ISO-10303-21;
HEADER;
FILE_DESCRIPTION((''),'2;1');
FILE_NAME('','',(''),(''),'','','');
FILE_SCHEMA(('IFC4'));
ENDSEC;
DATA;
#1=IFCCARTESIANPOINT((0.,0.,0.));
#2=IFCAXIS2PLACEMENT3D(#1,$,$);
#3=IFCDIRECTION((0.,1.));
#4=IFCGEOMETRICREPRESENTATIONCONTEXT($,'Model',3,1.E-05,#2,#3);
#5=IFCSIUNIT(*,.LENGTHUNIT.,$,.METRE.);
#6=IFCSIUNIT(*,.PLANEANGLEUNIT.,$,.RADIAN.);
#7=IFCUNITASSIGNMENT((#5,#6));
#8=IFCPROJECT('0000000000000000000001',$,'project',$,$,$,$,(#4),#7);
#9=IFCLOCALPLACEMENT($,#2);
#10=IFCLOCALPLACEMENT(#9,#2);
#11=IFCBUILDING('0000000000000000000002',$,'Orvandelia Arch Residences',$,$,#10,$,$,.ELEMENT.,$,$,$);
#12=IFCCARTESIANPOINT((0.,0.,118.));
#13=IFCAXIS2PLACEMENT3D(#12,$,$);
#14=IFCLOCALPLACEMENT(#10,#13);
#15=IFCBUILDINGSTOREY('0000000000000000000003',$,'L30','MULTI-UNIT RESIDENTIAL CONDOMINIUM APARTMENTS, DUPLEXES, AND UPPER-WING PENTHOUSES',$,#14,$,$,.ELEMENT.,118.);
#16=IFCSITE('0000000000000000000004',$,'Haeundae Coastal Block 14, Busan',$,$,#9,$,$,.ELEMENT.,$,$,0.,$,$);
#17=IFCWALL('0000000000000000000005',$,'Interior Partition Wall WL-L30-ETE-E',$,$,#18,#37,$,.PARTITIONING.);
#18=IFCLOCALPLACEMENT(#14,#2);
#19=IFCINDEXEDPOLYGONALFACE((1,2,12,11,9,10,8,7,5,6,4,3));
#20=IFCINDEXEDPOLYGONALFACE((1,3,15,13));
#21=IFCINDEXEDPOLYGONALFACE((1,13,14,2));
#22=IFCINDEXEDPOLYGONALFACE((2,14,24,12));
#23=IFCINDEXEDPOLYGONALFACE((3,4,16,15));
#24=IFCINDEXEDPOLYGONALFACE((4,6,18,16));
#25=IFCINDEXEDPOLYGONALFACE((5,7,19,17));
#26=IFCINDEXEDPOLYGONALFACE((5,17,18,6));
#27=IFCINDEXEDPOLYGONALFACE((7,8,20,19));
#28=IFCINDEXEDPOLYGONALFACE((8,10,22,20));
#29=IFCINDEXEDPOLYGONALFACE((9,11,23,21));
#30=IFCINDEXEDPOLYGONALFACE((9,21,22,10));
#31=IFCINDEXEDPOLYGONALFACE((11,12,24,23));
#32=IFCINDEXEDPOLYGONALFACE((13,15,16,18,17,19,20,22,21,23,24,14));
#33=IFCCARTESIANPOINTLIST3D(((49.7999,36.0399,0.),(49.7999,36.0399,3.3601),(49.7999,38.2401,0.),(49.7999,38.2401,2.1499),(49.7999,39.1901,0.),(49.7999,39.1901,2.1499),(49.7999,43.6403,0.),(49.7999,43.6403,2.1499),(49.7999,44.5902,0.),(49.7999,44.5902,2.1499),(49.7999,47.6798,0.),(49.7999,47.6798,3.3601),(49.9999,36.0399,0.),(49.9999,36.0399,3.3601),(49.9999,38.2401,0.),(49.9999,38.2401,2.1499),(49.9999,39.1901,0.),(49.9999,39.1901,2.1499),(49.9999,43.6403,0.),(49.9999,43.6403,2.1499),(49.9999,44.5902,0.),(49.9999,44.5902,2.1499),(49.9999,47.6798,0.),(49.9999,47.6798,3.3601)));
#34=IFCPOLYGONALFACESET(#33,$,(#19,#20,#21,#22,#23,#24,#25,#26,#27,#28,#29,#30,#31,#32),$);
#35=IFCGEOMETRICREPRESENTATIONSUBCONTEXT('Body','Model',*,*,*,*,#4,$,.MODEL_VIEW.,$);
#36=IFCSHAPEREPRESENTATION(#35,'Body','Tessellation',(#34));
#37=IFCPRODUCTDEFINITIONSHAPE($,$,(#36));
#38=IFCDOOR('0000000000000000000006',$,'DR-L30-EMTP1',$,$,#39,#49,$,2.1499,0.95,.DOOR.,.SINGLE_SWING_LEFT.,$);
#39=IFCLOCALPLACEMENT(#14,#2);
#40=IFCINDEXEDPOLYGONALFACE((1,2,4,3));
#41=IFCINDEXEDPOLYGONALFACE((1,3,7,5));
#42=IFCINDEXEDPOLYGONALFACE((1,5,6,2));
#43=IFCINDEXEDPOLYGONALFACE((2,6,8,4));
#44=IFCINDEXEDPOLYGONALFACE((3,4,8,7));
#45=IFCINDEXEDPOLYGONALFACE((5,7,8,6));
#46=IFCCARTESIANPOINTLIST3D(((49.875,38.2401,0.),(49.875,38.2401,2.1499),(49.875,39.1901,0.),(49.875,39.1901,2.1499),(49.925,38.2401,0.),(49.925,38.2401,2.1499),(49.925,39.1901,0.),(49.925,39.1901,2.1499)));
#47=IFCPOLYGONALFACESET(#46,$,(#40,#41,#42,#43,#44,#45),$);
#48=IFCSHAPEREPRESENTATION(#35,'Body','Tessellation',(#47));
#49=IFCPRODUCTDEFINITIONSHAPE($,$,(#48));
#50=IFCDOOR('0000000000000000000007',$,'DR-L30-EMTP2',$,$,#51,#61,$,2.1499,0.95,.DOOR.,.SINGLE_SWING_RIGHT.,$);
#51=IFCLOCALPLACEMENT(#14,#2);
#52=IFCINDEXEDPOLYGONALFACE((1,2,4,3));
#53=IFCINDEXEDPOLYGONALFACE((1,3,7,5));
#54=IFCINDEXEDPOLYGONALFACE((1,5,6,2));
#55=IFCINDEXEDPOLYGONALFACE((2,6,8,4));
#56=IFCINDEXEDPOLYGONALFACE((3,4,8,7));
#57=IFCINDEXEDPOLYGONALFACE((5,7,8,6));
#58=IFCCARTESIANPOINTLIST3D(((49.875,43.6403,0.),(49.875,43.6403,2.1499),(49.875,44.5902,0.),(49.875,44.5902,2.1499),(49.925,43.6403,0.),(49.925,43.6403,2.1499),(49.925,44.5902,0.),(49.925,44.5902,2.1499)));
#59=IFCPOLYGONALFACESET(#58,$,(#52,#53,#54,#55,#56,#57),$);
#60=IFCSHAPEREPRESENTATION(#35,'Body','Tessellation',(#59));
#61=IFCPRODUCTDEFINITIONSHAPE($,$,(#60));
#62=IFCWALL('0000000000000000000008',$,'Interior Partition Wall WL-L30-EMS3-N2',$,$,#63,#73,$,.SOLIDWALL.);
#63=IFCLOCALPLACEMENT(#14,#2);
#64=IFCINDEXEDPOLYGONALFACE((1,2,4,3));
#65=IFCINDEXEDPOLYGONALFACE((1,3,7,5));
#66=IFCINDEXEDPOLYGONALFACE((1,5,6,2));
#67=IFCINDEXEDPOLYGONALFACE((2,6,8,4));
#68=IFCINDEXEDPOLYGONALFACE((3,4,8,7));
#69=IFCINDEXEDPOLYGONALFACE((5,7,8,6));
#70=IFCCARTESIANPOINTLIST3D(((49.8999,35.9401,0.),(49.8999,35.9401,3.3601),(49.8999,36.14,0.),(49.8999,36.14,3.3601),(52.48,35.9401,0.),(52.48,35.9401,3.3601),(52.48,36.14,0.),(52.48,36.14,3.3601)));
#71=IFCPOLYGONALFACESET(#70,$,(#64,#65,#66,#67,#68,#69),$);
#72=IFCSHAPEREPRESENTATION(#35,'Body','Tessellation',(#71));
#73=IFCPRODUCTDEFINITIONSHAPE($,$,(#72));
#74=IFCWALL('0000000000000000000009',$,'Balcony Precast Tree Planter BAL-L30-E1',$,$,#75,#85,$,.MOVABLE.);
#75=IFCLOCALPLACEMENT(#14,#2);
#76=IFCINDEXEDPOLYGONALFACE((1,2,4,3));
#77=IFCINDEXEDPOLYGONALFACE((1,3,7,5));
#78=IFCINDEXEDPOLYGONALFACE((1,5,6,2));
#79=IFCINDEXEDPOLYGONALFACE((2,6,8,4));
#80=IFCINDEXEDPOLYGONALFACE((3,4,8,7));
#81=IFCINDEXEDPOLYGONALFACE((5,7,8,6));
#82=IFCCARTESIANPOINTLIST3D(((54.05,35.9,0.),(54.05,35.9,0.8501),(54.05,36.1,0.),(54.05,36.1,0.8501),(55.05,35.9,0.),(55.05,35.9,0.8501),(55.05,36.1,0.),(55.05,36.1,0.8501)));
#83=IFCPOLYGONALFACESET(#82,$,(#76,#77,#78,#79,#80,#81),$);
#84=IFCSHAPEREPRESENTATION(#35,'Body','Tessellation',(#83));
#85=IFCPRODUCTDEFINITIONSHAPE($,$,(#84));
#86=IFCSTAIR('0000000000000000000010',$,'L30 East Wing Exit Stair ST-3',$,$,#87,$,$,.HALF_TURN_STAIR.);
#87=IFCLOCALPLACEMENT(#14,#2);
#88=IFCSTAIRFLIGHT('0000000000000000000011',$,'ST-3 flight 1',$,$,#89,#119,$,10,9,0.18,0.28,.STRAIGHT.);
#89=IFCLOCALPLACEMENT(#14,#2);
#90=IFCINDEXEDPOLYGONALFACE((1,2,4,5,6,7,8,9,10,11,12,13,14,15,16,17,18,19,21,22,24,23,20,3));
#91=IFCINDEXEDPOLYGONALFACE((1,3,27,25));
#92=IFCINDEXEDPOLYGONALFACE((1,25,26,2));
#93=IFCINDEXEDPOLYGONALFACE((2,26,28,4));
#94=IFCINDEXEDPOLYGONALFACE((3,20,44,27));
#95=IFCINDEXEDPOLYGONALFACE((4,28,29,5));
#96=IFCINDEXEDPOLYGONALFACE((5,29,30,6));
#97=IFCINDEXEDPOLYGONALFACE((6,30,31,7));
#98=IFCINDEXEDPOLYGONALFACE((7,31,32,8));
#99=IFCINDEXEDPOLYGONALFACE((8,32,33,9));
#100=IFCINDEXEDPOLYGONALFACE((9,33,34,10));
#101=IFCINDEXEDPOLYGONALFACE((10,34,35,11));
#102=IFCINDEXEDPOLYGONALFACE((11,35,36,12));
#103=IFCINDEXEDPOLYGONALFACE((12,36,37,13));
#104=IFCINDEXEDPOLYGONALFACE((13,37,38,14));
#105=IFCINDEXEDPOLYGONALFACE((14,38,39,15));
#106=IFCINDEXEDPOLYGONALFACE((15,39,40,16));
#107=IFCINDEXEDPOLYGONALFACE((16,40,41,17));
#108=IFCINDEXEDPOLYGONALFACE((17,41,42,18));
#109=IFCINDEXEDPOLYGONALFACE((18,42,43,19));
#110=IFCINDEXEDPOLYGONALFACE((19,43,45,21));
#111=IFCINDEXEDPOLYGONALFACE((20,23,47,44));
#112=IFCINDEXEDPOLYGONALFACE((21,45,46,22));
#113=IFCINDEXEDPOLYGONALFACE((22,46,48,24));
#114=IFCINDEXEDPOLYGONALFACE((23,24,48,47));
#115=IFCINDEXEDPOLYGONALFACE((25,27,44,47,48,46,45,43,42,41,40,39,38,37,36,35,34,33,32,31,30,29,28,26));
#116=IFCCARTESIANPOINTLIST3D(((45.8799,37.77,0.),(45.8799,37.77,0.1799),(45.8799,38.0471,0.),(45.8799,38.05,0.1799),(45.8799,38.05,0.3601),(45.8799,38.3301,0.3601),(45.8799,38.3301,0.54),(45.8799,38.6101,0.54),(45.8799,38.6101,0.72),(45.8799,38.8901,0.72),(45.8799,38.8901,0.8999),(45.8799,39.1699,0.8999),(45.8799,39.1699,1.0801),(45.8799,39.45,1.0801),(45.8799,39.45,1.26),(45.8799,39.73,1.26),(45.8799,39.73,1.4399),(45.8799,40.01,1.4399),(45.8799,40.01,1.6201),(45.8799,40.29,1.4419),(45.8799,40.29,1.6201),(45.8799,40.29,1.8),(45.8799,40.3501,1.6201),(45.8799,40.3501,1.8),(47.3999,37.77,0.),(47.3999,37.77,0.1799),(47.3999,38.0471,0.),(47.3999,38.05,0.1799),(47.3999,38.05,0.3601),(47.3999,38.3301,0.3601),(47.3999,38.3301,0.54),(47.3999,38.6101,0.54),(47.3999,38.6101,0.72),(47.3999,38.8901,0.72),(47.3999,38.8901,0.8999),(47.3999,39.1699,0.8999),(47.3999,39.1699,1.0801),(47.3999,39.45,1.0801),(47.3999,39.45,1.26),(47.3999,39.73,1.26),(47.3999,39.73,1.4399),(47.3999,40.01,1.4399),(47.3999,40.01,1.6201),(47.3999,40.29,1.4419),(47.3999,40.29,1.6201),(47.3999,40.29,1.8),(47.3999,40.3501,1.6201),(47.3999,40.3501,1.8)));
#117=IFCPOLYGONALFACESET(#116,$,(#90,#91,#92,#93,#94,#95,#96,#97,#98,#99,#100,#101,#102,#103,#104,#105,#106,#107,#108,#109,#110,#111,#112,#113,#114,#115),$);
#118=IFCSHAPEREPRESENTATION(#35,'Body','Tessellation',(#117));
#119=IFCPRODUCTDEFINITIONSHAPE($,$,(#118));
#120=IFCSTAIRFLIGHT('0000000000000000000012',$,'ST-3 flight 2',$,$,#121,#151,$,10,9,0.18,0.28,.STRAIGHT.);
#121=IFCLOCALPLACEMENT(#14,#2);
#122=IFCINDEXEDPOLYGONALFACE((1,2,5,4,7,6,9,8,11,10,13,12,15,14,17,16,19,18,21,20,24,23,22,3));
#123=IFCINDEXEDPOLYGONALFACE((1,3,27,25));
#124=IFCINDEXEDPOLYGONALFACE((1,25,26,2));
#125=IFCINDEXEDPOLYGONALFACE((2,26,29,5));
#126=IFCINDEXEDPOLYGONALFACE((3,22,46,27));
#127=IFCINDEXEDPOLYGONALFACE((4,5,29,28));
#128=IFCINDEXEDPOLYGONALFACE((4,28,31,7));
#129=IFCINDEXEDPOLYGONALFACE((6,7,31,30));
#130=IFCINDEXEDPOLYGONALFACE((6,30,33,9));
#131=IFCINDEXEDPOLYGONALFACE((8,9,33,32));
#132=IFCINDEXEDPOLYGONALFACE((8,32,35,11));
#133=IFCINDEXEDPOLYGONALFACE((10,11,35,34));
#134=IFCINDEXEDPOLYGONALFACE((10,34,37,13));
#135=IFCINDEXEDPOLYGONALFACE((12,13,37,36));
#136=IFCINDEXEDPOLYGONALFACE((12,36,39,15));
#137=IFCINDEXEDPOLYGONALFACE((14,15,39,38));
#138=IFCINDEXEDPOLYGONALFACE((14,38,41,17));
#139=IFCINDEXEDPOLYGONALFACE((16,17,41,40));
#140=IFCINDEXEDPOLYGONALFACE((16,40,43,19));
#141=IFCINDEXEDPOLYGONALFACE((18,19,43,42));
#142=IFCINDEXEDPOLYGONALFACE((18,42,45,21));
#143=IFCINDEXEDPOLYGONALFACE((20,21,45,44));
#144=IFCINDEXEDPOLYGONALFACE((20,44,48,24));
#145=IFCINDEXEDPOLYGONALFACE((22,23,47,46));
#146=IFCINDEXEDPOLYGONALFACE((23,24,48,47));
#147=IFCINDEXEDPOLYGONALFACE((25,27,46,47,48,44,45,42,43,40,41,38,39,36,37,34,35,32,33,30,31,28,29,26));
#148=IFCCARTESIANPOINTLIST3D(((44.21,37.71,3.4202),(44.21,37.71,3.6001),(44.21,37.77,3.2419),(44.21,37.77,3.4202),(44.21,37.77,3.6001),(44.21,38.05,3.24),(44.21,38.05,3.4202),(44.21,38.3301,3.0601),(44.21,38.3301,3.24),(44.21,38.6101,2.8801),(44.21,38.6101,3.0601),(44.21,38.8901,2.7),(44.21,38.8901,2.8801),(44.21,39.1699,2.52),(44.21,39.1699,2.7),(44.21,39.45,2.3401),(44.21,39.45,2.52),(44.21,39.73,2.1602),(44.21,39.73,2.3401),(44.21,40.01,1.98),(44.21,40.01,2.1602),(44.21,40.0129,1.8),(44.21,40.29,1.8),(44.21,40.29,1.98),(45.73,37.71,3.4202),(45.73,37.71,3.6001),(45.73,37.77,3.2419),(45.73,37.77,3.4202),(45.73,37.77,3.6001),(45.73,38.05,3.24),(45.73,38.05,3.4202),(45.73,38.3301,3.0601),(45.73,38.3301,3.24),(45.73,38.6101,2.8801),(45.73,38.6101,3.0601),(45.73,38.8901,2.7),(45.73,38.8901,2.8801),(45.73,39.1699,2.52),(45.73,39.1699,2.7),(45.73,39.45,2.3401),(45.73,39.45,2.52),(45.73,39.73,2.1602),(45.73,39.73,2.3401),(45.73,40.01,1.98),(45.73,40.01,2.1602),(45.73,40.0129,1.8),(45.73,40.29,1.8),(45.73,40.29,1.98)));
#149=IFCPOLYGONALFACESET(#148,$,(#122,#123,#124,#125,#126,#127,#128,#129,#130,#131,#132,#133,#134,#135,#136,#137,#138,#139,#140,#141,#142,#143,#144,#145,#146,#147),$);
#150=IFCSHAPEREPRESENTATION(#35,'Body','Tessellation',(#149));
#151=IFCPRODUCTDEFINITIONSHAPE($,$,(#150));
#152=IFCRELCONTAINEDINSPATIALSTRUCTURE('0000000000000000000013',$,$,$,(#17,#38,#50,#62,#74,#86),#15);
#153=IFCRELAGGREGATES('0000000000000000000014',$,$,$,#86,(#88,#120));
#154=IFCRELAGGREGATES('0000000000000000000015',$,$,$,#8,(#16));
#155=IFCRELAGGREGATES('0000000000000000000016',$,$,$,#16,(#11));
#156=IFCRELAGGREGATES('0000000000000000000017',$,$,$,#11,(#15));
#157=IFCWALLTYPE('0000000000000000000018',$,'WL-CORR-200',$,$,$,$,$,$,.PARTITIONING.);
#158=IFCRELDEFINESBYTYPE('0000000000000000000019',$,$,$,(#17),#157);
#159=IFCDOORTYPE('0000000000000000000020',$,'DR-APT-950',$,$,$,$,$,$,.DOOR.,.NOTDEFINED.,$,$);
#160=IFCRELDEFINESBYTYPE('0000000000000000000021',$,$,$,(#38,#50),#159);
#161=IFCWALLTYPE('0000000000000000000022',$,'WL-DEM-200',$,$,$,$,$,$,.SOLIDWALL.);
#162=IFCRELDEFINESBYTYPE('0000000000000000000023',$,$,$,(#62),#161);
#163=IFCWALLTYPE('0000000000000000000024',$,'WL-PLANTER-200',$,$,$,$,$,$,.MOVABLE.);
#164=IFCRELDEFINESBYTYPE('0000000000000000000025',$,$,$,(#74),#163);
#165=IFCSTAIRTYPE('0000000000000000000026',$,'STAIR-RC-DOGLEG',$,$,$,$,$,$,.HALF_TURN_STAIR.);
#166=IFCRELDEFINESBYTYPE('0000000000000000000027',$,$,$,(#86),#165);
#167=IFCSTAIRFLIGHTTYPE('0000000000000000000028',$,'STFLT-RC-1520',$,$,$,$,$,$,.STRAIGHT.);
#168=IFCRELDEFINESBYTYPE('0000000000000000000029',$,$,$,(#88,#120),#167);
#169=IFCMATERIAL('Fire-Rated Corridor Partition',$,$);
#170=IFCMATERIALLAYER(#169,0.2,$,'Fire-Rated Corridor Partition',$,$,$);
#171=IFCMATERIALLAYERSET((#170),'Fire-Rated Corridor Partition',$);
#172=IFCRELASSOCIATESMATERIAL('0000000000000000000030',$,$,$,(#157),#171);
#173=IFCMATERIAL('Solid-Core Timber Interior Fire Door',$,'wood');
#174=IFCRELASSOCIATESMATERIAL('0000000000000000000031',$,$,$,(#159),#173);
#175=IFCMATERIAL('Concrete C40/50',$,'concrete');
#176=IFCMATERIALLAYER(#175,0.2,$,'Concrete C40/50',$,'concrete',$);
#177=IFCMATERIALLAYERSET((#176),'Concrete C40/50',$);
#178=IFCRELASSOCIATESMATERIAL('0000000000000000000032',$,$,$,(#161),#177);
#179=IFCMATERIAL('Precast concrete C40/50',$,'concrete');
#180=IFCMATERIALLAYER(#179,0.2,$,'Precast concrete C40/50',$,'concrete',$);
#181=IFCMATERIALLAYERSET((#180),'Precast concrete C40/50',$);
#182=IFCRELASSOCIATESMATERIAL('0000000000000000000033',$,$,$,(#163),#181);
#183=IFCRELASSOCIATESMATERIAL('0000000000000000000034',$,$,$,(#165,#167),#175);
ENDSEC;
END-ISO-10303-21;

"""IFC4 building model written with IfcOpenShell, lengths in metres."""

from ifc_helpers import new_model, si_unit, direction, frame, frame_2d, origin, place, context, subcontext, project, spatial, polyline, rectangle, outline, extrude, material, layer, layer_set, type_object, element, fill, aggregate, save


model = new_model("IFC4")

# Units and contexts
model_context = context("Model", 3, precision=1e-05, world=origin(), true_north=direction((0.0, 1.0)))
body_context = subcontext(model_context, "Body", "Model", "MODEL_VIEW")
ifc_project = project(units=[si_unit("LENGTHUNIT", "METRE"), si_unit("PLANEANGLEUNIT", "RADIAN")], contexts=[model_context])

# Site, building, storey
site_placement = place(None, origin())
site = spatial("IfcSite", under=ifc_project, at=site_placement, Name="Haeundae Coastal Block 14, Busan", CompositionType="ELEMENT", RefElevation=0.0)
building_placement = place(site_placement, origin())
building = spatial("IfcBuilding", under=site, at=building_placement, Name="Orvandelia Arch Residences", CompositionType="ELEMENT")
storey_placement = place(building_placement, frame((0.0, 0.0, 118.0)))
storey = spatial("IfcBuildingStorey", under=building, at=storey_placement, Name="L30", Description="MULTI-UNIT RESIDENTIAL CONDOMINIUM APARTMENTS, DUPLEXES, AND UPPER-WING PENTHOUSES", CompositionType="ELEMENT", Elevation=118.0)

# Wall, openings, doors
ifc_material_1 = material(Name="Fire-Rated Corridor Partition")
ifc_layer_1 = layer(ifc_material_1, 0.2, Name="Fire-Rated Corridor Partition")
ifc_layer_set_1 = layer_set([ifc_layer_1], Name="Fire-Rated Corridor Partition")
wall_type_1 = type_object("IfcWallType", Name="WL-CORR-200", PredefinedType="PARTITIONING", material=ifc_layer_set_1)
wall_1_placement = place(storey_placement, frame((49.8999, 36.04, 0.0), z_axis=(0.0, 0.0, 1.0), x_axis=(0.0, 1.0, 0.0)))
wall_1 = element("IfcWall", 1, at=wall_1_placement, inside=storey, type_object=wall_type_1, Name="Interior Partition Wall WL-L30-ETE-E", PredefinedType="PARTITIONING", context=body_context, shape_type="SweptSolid", body=[
    extrude(rectangle(XDim=11.6399, YDim=0.2, at=frame_2d((5.8198, 0.0))), origin(), (0.0, 0.0, 1.0), 3.3601),
])
opening_1_placement = place(wall_1_placement, frame((2.2, 0.0, 0.0)))
opening_1 = element("IfcOpeningElement", 2, at=opening_1_placement, cuts=wall_1, PredefinedType="OPENING", context=body_context, shape_type="SweptSolid", body=[
    extrude(rectangle(XDim=0.95, YDim=2.1499, at=frame_2d((0.4751, 1.075))), frame((0.0, 0.1099, 0.0), z_axis=(0.0, -1.0, 0.0), x_axis=(1.0, 0.0, 0.0)), (0.0, 0.0, 1.0), 0.22),
])
opening_2_placement = place(wall_1_placement, frame((7.6001, 0.0, 0.0)))
opening_2 = element("IfcOpeningElement", 3, at=opening_2_placement, cuts=wall_1, PredefinedType="OPENING", context=body_context, shape_type="SweptSolid", body=[
    extrude(rectangle(XDim=0.95, YDim=2.1499, at=frame_2d((0.4751, 1.075))), frame((0.0, 0.1099, 0.0), z_axis=(0.0, -1.0, 0.0), x_axis=(1.0, 0.0, 0.0)), (0.0, 0.0, 1.0), 0.22),
])
ifc_material_2 = material(Name="Solid-Core Timber Interior Fire Door", Category="wood")
door_type = type_object("IfcDoorType", Name="DR-APT-950", OperationType="NOTDEFINED", PredefinedType="DOOR", material=ifc_material_2)
door_1_placement = place(opening_1_placement, origin())
door_1 = element("IfcDoor", 4, at=door_1_placement, inside=storey, type_object=door_type, Name="DR-L30-EMTP1", OperationType="SINGLE_SWING_LEFT", OverallHeight=2.1499, OverallWidth=0.95, PredefinedType="DOOR", context=body_context, shape_type="SweptSolid", body=[
    extrude(rectangle(XDim=0.95, YDim=2.1499, at=frame_2d((0.4751, 1.075))), frame((0.0, 0.0249, 0.0), z_axis=(0.0, -1.0, 0.0), x_axis=(1.0, 0.0, 0.0)), (0.0, 0.0, 1.0), 0.05),
])
fill(opening_1, door_1)
door_2_placement = place(opening_2_placement, origin())
door_2 = element("IfcDoor", 5, at=door_2_placement, inside=storey, type_object=door_type, Name="DR-L30-EMTP2", OperationType="SINGLE_SWING_RIGHT", OverallHeight=2.1499, OverallWidth=0.95, PredefinedType="DOOR", context=body_context, shape_type="SweptSolid", body=[
    extrude(rectangle(XDim=0.95, YDim=2.1499, at=frame_2d((0.4751, 1.075))), frame((0.0, 0.0249, 0.0), z_axis=(0.0, -1.0, 0.0), x_axis=(1.0, 0.0, 0.0)), (0.0, 0.0, 1.0), 0.05),
])
fill(opening_2, door_2)

# Walls
ifc_material_3 = material(Name="Concrete C40/50", Category="concrete")
ifc_layer_2 = layer(ifc_material_3, 0.2, Name="Concrete C40/50", Category="concrete")
ifc_layer_set_2 = layer_set([ifc_layer_2], Name="Concrete C40/50")
wall_type_2 = type_object("IfcWallType", Name="WL-DEM-200", PredefinedType="SOLIDWALL", material=ifc_layer_set_2)
wall_2_placement = place(storey_placement, frame((49.8999, 36.04, 0.0), z_axis=(0.0, 0.0, 1.0), x_axis=(1.0, 0.0, 0.0)))
element("IfcWall", 6, at=wall_2_placement, inside=storey, type_object=wall_type_2, Name="Interior Partition Wall WL-L30-EMS3-N2", PredefinedType="SOLIDWALL", context=body_context, shape_type="SweptSolid", body=[
    extrude(rectangle(XDim=2.5801, YDim=0.2, at=frame_2d((1.29, 0.0))), origin(), (0.0, 0.0, 1.0), 3.3601),
])
ifc_material_4 = material(Name="Precast concrete C40/50", Category="concrete")
ifc_layer_3 = layer(ifc_material_4, 0.2, Name="Precast concrete C40/50", Category="concrete")
ifc_layer_set_3 = layer_set([ifc_layer_3], Name="Precast concrete C40/50")
wall_type_3 = type_object("IfcWallType", Name="WL-PLANTER-200", PredefinedType="MOVABLE", material=ifc_layer_set_3)
wall_3_placement = place(storey_placement, frame((54.05, 36.0, 0.0), z_axis=(0.0, 0.0, 1.0), x_axis=(1.0, 0.0, 0.0)))
element("IfcWall", 7, at=wall_3_placement, inside=storey, type_object=wall_type_3, Name="Balcony Precast Tree Planter BAL-L30-E1", PredefinedType="MOVABLE", context=body_context, shape_type="SweptSolid", body=[
    extrude(rectangle(XDim=1.0, YDim=0.2, at=frame_2d((0.5, 0.0))), origin(), (0.0, 0.0, 1.0), 0.8501),
])

# Stair, stair flights
stair_type = type_object("IfcStairType", Name="STAIR-RC-DOGLEG", PredefinedType="HALF_TURN_STAIR", material=ifc_material_3)
stair_placement = place(storey_placement, origin())
stair = element("IfcStair", 8, at=stair_placement, inside=storey, type_object=stair_type, Name="L30 East Wing Exit Stair ST-3", PredefinedType="HALF_TURN_STAIR")
stair_flight_type = type_object("IfcStairFlightType", Name="STFLT-RC-1520", PredefinedType="STRAIGHT", material=ifc_material_3)
stair_flight_1_placement = place(storey_placement, frame((46.6399, 37.77, 0.0), z_axis=(0.0, 0.0, 1.0), x_axis=(0.0, 1.0, 0.0)))
stair_flight_1 = element("IfcStairFlight", 9, at=stair_flight_1_placement, type_object=stair_flight_type, Name="ST-3 flight 1", NumberOfRisers=10, NumberOfTreads=9, PredefinedType="STRAIGHT", RiserHeight=0.18, TreadLength=0.28, context=body_context, shape_type="SweptSolid", body=[
    extrude(outline(polyline([(0.0, 0.0), (0.0, 0.1799), (0.28, 0.1799), (0.28, 0.3601), (0.5601, 0.3601), (0.5601, 0.54), (0.8401, 0.54), (0.8401, 0.72), (1.1201, 0.72), (1.1201, 0.8999), (1.3999, 0.8999), (1.3999, 1.0801), (1.6799, 1.0801), (1.6799, 1.26), (1.96, 1.26), (1.96, 1.4399), (2.24, 1.4399), (2.24, 1.6201), (2.52, 1.6201), (2.52, 1.8), (2.5801, 1.8), (2.5801, 1.6201), (2.52, 1.4419), (0.2771, 0.0), (0.0, 0.0)])), frame((0.0, 0.76, 0.0), z_axis=(0.0, -1.0, 0.0), x_axis=(1.0, 0.0, 0.0)), (0.0, 0.0, 1.0), 1.52),
])
stair_flight_2_placement = place(storey_placement, frame((44.97, 40.29, 1.8), z_axis=(0.0, 0.0, 1.0), x_axis=(0.0, -1.0, 0.0)))
stair_flight_2 = element("IfcStairFlight", 10, at=stair_flight_2_placement, type_object=stair_flight_type, Name="ST-3 flight 2", NumberOfRisers=10, NumberOfTreads=9, PredefinedType="STRAIGHT", RiserHeight=0.18, TreadLength=0.28, context=body_context, shape_type="SweptSolid", body=[
    extrude(outline(polyline([(0.0, 0.0), (0.0, 0.1799), (0.28, 0.1799), (0.28, 0.3601), (0.5601, 0.3601), (0.5601, 0.54), (0.8401, 0.54), (0.8401, 0.72), (1.1201, 0.72), (1.1201, 0.8999), (1.3999, 0.8999), (1.3999, 1.0801), (1.6799, 1.0801), (1.6799, 1.26), (1.96, 1.26), (1.96, 1.4399), (2.24, 1.4399), (2.24, 1.6201), (2.52, 1.6201), (2.52, 1.8), (2.5801, 1.8), (2.5801, 1.6201), (2.52, 1.4419), (0.2771, 0.0), (0.0, 0.0)])), frame((0.0, 0.76, 0.0), z_axis=(0.0, -1.0, 0.0), x_axis=(1.0, 0.0, 0.0)), (0.0, 0.0, 1.0), 1.52),
])
aggregate(stair, [stair_flight_1, stair_flight_2])

save(model, "model.ifc")
